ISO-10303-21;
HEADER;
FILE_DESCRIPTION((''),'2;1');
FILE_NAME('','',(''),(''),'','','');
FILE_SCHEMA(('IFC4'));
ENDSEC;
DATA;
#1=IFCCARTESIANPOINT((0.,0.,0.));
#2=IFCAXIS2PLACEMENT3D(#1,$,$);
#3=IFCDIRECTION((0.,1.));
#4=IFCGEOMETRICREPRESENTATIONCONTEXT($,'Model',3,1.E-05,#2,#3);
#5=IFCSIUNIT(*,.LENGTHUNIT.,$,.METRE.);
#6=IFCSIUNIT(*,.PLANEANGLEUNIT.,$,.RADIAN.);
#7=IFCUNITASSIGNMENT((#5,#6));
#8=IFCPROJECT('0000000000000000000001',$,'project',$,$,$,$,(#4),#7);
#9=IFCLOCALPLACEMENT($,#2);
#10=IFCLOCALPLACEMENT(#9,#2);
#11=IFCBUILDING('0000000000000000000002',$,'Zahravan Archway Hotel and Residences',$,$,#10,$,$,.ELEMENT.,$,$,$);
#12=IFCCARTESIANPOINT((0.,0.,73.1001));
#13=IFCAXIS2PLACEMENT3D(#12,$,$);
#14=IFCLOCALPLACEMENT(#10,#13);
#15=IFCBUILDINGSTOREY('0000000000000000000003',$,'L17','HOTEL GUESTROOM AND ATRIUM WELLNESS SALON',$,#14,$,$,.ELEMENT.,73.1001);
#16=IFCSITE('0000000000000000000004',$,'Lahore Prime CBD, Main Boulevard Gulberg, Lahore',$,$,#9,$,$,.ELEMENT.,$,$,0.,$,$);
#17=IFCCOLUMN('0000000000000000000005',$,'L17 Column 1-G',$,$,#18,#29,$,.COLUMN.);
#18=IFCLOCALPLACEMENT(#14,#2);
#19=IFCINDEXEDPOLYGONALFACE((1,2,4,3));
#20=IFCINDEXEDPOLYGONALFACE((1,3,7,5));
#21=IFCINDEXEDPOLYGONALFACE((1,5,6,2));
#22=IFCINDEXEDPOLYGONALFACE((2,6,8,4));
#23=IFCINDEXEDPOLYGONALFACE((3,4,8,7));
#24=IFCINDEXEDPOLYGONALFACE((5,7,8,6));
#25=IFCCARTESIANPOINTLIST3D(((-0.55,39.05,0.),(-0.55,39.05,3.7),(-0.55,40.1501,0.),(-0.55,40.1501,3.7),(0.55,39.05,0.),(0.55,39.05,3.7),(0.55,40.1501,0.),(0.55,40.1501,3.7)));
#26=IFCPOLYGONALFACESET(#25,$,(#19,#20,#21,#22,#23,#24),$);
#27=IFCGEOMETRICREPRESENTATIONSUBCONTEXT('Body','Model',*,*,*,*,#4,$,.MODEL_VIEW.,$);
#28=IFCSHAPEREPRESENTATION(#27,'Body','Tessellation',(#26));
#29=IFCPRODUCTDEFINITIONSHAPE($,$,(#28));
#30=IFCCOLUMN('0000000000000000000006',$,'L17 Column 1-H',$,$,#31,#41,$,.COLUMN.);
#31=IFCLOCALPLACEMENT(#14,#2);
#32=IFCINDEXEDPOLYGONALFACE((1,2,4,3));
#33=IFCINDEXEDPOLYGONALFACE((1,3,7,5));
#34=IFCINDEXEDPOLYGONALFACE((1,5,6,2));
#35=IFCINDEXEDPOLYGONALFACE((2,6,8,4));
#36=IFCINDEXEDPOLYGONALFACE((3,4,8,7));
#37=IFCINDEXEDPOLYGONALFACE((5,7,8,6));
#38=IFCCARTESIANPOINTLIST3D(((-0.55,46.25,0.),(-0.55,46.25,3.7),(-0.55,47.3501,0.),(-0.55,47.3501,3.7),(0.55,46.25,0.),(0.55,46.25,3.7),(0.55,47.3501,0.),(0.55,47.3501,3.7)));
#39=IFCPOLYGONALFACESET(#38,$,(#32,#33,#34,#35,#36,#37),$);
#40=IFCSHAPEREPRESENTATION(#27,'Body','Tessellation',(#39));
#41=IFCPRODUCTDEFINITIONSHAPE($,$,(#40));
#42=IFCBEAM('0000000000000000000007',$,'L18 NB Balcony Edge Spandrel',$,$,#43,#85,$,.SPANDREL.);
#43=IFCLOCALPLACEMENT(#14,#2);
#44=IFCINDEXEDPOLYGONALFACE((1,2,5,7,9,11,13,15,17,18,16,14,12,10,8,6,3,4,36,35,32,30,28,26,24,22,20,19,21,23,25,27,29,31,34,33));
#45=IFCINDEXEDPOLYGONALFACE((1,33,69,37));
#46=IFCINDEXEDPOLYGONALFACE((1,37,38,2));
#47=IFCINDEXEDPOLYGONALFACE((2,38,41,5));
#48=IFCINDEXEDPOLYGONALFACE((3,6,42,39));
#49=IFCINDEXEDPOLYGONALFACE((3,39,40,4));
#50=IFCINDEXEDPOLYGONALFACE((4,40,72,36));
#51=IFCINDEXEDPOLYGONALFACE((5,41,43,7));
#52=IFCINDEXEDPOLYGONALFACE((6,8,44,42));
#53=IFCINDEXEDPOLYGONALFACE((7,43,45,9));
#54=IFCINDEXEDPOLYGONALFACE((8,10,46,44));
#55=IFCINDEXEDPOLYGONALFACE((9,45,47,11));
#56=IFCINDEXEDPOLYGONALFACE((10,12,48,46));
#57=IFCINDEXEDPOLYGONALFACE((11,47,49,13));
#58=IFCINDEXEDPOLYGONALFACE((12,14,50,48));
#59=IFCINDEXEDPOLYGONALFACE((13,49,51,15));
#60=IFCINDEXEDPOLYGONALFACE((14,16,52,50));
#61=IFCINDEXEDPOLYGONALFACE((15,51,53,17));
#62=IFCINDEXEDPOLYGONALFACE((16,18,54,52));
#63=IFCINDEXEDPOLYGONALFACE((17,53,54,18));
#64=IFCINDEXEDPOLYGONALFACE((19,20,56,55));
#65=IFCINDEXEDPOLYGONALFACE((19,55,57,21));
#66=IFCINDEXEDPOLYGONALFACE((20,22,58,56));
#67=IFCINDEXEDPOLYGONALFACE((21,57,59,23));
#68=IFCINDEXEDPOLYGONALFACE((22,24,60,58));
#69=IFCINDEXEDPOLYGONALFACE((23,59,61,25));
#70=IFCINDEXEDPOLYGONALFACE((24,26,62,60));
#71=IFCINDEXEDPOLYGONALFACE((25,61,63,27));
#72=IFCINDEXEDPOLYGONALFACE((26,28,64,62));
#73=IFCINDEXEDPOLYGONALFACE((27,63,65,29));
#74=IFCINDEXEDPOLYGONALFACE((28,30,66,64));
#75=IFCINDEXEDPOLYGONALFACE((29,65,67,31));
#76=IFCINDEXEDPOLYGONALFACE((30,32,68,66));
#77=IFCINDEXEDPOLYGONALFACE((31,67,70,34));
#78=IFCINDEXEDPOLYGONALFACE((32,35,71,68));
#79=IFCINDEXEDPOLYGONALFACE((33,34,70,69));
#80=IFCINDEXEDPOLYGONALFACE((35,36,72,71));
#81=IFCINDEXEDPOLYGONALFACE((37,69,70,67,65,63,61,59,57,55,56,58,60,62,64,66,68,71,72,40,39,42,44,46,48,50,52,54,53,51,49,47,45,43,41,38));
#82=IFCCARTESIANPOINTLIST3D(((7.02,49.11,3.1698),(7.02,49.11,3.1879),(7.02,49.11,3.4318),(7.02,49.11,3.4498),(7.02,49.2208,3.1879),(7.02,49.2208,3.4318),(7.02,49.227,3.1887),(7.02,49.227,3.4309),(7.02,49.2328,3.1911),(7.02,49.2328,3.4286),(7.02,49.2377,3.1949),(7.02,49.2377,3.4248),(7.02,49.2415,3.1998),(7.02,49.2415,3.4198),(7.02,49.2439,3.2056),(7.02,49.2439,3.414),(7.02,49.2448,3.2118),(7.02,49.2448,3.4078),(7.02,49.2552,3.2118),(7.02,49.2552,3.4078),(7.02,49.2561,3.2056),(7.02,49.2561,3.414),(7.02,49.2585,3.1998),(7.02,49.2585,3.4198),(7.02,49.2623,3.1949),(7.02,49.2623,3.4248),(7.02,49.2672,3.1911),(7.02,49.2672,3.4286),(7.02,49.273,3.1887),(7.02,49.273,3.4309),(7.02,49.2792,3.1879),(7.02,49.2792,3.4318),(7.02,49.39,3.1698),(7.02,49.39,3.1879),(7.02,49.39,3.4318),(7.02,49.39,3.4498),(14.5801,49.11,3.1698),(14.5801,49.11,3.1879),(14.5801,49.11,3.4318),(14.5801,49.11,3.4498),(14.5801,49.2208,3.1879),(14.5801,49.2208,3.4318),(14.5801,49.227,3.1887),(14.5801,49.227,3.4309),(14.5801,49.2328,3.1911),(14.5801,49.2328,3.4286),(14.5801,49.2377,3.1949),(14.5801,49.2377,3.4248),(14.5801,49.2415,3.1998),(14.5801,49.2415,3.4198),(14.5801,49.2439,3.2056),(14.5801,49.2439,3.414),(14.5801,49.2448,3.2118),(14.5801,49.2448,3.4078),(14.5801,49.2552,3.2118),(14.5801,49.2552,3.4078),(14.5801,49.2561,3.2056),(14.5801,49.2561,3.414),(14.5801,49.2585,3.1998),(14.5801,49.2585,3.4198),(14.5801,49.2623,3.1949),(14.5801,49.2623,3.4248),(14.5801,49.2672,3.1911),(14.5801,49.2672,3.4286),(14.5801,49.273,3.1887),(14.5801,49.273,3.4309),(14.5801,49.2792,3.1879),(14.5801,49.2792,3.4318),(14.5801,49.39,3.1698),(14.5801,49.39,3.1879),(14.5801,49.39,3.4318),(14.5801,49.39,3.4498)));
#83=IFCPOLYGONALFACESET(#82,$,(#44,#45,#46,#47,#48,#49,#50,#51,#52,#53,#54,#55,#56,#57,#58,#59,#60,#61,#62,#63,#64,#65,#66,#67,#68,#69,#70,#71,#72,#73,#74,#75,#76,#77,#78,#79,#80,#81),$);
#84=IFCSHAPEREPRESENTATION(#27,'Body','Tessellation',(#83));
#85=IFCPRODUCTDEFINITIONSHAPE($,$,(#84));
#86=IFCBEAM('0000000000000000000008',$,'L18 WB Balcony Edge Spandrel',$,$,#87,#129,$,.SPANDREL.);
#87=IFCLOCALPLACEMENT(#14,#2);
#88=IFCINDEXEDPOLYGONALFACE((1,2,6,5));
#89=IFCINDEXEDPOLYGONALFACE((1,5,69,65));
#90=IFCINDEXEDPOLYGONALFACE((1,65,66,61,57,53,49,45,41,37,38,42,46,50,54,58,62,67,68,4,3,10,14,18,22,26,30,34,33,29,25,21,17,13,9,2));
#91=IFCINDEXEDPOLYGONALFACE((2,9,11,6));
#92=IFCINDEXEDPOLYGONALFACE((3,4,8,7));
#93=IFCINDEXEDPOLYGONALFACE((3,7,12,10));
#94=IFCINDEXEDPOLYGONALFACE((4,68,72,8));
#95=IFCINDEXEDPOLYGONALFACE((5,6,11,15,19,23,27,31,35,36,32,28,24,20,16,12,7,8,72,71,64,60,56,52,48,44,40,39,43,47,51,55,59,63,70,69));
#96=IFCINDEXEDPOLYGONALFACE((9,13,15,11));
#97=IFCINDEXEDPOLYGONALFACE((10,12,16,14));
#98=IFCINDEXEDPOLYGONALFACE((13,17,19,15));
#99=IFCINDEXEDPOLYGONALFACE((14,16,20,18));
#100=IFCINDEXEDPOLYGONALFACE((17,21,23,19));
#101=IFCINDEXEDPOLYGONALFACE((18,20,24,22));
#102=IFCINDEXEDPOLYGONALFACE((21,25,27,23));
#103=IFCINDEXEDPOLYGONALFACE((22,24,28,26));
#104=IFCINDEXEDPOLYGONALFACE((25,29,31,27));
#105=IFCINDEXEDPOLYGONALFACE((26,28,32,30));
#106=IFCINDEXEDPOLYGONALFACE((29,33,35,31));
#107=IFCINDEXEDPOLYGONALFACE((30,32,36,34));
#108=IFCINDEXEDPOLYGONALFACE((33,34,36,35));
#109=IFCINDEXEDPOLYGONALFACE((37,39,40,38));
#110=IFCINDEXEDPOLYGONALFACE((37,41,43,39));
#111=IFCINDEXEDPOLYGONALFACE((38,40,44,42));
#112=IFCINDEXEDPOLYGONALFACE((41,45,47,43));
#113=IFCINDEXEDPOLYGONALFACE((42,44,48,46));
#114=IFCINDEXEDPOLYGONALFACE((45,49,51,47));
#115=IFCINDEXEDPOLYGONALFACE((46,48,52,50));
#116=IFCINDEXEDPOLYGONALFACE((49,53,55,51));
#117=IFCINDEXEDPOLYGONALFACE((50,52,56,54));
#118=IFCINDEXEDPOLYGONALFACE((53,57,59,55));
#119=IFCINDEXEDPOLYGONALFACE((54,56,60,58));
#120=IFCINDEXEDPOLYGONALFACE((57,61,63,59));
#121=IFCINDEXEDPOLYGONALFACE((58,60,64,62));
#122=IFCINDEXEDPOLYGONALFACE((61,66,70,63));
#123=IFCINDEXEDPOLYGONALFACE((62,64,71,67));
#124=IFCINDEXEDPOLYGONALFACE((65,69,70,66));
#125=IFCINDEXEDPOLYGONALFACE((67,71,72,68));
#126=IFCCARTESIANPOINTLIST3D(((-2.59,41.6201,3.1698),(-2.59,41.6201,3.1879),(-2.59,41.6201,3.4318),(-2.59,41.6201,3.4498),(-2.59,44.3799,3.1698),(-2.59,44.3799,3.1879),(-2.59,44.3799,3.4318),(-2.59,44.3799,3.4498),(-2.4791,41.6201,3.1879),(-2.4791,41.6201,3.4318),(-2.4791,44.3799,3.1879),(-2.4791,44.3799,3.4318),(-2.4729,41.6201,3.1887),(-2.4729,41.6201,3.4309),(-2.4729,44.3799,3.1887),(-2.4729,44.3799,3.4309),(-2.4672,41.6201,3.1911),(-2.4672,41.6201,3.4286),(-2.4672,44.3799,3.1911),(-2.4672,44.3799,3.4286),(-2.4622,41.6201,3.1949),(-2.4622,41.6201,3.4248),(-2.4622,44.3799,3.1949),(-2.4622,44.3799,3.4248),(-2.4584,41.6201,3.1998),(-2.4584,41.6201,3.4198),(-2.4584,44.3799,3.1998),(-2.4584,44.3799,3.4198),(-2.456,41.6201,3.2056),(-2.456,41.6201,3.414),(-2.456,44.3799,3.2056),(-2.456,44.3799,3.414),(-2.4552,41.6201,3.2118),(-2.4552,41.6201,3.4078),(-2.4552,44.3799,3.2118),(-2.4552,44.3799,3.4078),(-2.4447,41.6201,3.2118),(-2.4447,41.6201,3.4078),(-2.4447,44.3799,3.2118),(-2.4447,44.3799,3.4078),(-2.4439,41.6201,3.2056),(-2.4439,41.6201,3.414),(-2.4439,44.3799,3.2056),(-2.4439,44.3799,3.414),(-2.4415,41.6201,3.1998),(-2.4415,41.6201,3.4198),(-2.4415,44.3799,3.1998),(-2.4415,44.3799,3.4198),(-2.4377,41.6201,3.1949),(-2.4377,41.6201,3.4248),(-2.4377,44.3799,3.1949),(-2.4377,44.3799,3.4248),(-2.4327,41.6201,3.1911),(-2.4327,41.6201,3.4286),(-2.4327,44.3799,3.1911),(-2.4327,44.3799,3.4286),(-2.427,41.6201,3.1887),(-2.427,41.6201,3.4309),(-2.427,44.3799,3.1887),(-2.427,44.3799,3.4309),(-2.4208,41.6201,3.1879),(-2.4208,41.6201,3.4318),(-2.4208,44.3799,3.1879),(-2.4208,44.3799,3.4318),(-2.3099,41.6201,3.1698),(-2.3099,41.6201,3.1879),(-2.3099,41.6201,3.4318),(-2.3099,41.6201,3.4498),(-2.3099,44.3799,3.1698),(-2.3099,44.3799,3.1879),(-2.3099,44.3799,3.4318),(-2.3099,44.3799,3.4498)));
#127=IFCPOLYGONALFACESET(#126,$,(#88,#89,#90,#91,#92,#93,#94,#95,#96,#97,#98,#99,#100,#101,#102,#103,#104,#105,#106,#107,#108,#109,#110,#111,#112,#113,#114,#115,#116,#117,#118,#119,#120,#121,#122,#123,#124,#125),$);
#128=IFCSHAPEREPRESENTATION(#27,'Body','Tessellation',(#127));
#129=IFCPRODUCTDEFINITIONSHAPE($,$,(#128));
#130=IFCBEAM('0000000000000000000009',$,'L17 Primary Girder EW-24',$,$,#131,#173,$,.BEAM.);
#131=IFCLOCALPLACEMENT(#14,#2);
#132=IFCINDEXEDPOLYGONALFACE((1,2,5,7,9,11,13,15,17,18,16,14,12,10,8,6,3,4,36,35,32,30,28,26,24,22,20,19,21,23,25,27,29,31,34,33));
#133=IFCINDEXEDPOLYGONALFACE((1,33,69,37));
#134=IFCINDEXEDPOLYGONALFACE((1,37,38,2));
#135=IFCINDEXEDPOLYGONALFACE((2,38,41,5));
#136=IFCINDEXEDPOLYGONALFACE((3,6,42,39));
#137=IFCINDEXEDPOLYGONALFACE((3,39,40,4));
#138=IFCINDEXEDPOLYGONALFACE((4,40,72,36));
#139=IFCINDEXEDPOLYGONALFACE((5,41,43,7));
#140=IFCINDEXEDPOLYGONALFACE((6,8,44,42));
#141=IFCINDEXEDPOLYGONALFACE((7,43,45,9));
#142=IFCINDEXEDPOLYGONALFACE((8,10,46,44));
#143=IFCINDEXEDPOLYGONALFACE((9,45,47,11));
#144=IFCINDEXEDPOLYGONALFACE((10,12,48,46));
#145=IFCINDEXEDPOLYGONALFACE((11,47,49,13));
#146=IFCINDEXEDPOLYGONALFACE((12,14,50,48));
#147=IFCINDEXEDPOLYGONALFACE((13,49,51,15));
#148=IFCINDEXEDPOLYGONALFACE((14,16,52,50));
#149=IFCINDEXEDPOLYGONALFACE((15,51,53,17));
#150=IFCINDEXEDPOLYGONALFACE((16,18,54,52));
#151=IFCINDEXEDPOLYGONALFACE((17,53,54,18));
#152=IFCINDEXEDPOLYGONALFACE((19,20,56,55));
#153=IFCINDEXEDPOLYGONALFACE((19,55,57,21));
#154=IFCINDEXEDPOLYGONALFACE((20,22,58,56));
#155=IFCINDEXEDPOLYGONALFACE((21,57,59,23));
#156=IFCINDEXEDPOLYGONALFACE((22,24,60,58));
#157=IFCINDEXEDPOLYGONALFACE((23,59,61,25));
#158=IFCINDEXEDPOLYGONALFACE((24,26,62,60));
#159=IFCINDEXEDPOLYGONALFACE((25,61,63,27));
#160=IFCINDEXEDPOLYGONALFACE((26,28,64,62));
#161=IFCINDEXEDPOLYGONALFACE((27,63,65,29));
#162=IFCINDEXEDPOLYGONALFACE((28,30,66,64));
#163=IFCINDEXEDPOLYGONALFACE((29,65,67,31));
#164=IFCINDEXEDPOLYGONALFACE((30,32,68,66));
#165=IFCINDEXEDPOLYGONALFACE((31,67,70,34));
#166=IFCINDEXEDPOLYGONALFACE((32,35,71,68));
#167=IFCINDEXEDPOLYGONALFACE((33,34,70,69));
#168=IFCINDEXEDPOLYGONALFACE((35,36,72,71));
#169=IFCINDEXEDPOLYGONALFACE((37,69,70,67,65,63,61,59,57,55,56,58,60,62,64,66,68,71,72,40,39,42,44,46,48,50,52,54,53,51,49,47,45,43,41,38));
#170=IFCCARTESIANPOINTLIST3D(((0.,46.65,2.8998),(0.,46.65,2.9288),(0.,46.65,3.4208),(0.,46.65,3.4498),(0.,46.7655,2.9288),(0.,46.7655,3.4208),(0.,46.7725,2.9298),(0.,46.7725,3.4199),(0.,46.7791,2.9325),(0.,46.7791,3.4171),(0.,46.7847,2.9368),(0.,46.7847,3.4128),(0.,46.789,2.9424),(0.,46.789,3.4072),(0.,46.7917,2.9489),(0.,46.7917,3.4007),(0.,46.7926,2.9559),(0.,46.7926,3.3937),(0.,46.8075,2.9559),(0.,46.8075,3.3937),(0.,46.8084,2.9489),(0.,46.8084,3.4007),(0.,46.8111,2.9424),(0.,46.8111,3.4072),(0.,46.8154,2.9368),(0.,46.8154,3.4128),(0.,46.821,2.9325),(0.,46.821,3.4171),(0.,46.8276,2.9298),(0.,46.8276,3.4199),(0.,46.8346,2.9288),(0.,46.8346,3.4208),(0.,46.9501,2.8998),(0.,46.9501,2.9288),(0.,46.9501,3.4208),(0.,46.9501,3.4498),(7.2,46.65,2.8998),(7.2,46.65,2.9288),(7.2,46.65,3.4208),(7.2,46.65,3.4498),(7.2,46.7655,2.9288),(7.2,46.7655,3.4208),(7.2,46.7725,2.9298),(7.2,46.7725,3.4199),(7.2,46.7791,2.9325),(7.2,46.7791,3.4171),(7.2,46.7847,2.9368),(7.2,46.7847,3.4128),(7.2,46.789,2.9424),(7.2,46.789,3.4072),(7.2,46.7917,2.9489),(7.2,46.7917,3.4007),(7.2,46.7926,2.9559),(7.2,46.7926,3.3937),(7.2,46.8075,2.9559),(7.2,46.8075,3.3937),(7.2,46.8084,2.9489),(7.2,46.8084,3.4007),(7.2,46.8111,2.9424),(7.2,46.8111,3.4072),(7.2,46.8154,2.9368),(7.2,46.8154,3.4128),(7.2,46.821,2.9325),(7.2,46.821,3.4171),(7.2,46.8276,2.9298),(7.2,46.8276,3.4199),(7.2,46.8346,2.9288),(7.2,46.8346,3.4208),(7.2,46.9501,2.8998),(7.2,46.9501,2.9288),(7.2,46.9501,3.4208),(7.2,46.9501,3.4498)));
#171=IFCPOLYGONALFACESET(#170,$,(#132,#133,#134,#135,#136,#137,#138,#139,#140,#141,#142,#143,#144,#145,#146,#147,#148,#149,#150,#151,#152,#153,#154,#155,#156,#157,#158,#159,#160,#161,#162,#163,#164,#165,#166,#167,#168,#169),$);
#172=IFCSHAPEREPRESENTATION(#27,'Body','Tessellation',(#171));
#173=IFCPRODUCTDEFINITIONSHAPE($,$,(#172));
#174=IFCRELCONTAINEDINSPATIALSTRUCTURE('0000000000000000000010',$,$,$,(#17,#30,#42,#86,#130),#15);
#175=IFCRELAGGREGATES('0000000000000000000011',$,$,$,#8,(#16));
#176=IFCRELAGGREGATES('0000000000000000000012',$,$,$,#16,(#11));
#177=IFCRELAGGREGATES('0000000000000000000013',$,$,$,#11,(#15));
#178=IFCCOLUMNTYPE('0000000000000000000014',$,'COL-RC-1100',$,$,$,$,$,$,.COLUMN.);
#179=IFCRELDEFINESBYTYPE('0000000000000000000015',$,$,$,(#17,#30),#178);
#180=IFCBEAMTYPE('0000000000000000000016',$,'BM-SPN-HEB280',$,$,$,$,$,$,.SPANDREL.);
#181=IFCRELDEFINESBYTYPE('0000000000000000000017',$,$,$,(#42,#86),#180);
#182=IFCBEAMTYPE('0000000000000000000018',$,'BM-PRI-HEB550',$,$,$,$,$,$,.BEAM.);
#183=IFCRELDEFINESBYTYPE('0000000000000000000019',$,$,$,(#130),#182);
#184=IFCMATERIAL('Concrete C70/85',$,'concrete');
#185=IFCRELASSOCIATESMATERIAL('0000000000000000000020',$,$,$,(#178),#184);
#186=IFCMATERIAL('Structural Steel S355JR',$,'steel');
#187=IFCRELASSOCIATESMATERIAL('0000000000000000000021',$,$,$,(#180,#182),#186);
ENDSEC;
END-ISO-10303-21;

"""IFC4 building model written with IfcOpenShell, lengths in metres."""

from ifc_helpers import new_model, si_unit, direction, frame, origin, origin_2d, place, context, subcontext, project, spatial, rectangle, i_section, extrude, source, transform, mapped, material, material_profile, profile_set, type_object, type_shapes, element, save


model = new_model("IFC4")

# Units and contexts
model_context = context("Model", 3, precision=1e-05, world=origin(), true_north=direction((0.0, 1.0)))
body_context = subcontext(model_context, "Body", "Model", "MODEL_VIEW")
ifc_project = project(units=[si_unit("LENGTHUNIT", "METRE"), si_unit("PLANEANGLEUNIT", "RADIAN")], contexts=[model_context])

# Site, building, storey
site_placement = place(None, origin())
site = spatial("IfcSite", under=ifc_project, at=site_placement, Name="Lahore Prime CBD, Main Boulevard Gulberg, Lahore", CompositionType="ELEMENT", RefElevation=0.0)
building_placement = place(site_placement, origin())
building = spatial("IfcBuilding", under=site, at=building_placement, Name="Zahravan Archway Hotel and Residences", CompositionType="ELEMENT")
storey_placement = place(building_placement, frame((0.0, 0.0, 73.1001)))
storey = spatial("IfcBuildingStorey", under=building, at=storey_placement, Name="L17", Description="HOTEL GUESTROOM AND ATRIUM WELLNESS SALON", CompositionType="ELEMENT", Elevation=73.1001)

# Columns
ifc_material_1 = material(Name="Concrete C70/85", Category="concrete")
ifc_material_profile_1 = material_profile(ifc_material_1, rectangle(XDim=1.1001, YDim=1.1001, at=origin_2d()), Name="RC 1100x1100", Category="concrete")
ifc_profile_set_1 = profile_set([ifc_material_profile_1], Name="Concrete C70/85")
column_type = type_object("IfcColumnType", Name="COL-RC-1100", PredefinedType="COLUMN", material=ifc_profile_set_1)
shared_shape_1 = source(origin(), body_context, "Body", "SweptSolid", [
    extrude(rectangle(XDim=1.1001, YDim=1.1001, at=origin_2d()), origin(), (0.0, 0.0, 1.0), 3.7),
])
for number, where, z_axis, x_axis, name in (
    (1, (0.0, 39.6001, 0.0), (0.0, 0.0, 1.0), (1.0, 0.0, 0.0), "L17 Column 1-G"),
    (2, (0.0, 46.8, 0.0), (0.0, 0.0, 1.0), (1.0, 0.0, 0.0), "L17 Column 1-H"),
):
    element("IfcColumn", number, at=place(storey_placement, frame(where, z_axis=z_axis, x_axis=x_axis)), inside=storey, type_object=column_type, Name=name, PredefinedType="COLUMN", context=body_context, shape_type="MappedRepresentation", body=[
        mapped(shared_shape_1, transform((0.0, 0.0, 0.0), scale=1.0)),
    ])

# Beams
ifc_material_2 = material(Name="Structural Steel S355JR", Category="steel")
ifc_material_profile_2 = material_profile(ifc_material_2, i_section(OverallWidth=0.28, OverallDepth=0.28, WebThickness=0.0105, FlangeThickness=0.0181, FilletRadius=0.0239, at=origin_2d()), Name="HEB 280", Category="steel")
ifc_profile_set_2 = profile_set([ifc_material_profile_2], Name="Structural Steel S355JR")
beam_type_1 = type_object("IfcBeamType", Name="BM-SPN-HEB280", PredefinedType="SPANDREL", material=ifc_profile_set_2)
shared_shape_2 = source(origin(), body_context, "Body", "SweptSolid", [
    extrude(i_section(OverallWidth=0.28, OverallDepth=0.28, WebThickness=0.0105, FlangeThickness=0.0181, FilletRadius=0.0239, at=origin_2d()), origin(), (0.0, 0.0, 1.0), 7.5601),
])
type_shapes(beam_type_1, [shared_shape_2])
beam_1_placement = place(storey_placement, frame((7.02, 49.25, 3.3098), z_axis=(1.0, 0.0, 0.0), x_axis=(0.0, 1.0, 0.0)))
element("IfcBeam", 3, at=beam_1_placement, inside=storey, type_object=beam_type_1, Name="L18 NB Balcony Edge Spandrel", PredefinedType="SPANDREL", context=body_context, shape_type="MappedRepresentation", body=[
    mapped(shared_shape_2, transform((0.0, 0.0, 0.0), scale=1.0)),
])
shared_shape_3 = source(origin(), body_context, "Body", "SweptSolid", [
    extrude(i_section(OverallWidth=0.28, OverallDepth=0.28, WebThickness=0.0105, FlangeThickness=0.0181, FilletRadius=0.0239, at=origin_2d()), origin(), (0.0, 0.0, 1.0), 2.7598),
])
beam_2_placement = place(storey_placement, frame((-2.45, 41.6201, 3.3098), z_axis=(0.0, 1.0, 0.0), x_axis=(-1.0, 0.0, 0.0)))
element("IfcBeam", 4, at=beam_2_placement, inside=storey, type_object=beam_type_1, Name="L18 WB Balcony Edge Spandrel", PredefinedType="SPANDREL", context=body_context, shape_type="MappedRepresentation", body=[
    mapped(shared_shape_3, transform((0.0, 0.0, 0.0), scale=1.0)),
])
ifc_material_profile_3 = material_profile(ifc_material_2, i_section(OverallWidth=0.3, OverallDepth=0.55, WebThickness=0.0149, FlangeThickness=0.0291, FilletRadius=0.0271, at=origin_2d()), Name="HEB 550", Category="steel")
ifc_profile_set_3 = profile_set([ifc_material_profile_3], Name="Structural Steel S355JR")
beam_type_2 = type_object("IfcBeamType", Name="BM-PRI-HEB550", PredefinedType="BEAM", material=ifc_profile_set_3)
shared_shape_4 = source(origin(), body_context, "Body", "SweptSolid", [
    extrude(i_section(OverallWidth=0.3, OverallDepth=0.55, WebThickness=0.0149, FlangeThickness=0.0291, FilletRadius=0.0271, at=origin_2d()), origin(), (0.0, 0.0, 1.0), 7.2),
])
for number, where, z_axis, x_axis, name in (
    (5, (0.0, 46.8, 3.1748), (1.0, 0.0, 0.0), (0.0, 1.0, 0.0), "L17 Primary Girder EW-24"),
):
    element("IfcBeam", number, at=place(storey_placement, frame(where, z_axis=z_axis, x_axis=x_axis)), inside=storey, type_object=beam_type_2, Name=name, PredefinedType="BEAM", context=body_context, shape_type="MappedRepresentation", body=[
        mapped(shared_shape_4, transform((0.0, 0.0, 0.0), scale=1.0)),
    ])

save(model, "model.ifc")
